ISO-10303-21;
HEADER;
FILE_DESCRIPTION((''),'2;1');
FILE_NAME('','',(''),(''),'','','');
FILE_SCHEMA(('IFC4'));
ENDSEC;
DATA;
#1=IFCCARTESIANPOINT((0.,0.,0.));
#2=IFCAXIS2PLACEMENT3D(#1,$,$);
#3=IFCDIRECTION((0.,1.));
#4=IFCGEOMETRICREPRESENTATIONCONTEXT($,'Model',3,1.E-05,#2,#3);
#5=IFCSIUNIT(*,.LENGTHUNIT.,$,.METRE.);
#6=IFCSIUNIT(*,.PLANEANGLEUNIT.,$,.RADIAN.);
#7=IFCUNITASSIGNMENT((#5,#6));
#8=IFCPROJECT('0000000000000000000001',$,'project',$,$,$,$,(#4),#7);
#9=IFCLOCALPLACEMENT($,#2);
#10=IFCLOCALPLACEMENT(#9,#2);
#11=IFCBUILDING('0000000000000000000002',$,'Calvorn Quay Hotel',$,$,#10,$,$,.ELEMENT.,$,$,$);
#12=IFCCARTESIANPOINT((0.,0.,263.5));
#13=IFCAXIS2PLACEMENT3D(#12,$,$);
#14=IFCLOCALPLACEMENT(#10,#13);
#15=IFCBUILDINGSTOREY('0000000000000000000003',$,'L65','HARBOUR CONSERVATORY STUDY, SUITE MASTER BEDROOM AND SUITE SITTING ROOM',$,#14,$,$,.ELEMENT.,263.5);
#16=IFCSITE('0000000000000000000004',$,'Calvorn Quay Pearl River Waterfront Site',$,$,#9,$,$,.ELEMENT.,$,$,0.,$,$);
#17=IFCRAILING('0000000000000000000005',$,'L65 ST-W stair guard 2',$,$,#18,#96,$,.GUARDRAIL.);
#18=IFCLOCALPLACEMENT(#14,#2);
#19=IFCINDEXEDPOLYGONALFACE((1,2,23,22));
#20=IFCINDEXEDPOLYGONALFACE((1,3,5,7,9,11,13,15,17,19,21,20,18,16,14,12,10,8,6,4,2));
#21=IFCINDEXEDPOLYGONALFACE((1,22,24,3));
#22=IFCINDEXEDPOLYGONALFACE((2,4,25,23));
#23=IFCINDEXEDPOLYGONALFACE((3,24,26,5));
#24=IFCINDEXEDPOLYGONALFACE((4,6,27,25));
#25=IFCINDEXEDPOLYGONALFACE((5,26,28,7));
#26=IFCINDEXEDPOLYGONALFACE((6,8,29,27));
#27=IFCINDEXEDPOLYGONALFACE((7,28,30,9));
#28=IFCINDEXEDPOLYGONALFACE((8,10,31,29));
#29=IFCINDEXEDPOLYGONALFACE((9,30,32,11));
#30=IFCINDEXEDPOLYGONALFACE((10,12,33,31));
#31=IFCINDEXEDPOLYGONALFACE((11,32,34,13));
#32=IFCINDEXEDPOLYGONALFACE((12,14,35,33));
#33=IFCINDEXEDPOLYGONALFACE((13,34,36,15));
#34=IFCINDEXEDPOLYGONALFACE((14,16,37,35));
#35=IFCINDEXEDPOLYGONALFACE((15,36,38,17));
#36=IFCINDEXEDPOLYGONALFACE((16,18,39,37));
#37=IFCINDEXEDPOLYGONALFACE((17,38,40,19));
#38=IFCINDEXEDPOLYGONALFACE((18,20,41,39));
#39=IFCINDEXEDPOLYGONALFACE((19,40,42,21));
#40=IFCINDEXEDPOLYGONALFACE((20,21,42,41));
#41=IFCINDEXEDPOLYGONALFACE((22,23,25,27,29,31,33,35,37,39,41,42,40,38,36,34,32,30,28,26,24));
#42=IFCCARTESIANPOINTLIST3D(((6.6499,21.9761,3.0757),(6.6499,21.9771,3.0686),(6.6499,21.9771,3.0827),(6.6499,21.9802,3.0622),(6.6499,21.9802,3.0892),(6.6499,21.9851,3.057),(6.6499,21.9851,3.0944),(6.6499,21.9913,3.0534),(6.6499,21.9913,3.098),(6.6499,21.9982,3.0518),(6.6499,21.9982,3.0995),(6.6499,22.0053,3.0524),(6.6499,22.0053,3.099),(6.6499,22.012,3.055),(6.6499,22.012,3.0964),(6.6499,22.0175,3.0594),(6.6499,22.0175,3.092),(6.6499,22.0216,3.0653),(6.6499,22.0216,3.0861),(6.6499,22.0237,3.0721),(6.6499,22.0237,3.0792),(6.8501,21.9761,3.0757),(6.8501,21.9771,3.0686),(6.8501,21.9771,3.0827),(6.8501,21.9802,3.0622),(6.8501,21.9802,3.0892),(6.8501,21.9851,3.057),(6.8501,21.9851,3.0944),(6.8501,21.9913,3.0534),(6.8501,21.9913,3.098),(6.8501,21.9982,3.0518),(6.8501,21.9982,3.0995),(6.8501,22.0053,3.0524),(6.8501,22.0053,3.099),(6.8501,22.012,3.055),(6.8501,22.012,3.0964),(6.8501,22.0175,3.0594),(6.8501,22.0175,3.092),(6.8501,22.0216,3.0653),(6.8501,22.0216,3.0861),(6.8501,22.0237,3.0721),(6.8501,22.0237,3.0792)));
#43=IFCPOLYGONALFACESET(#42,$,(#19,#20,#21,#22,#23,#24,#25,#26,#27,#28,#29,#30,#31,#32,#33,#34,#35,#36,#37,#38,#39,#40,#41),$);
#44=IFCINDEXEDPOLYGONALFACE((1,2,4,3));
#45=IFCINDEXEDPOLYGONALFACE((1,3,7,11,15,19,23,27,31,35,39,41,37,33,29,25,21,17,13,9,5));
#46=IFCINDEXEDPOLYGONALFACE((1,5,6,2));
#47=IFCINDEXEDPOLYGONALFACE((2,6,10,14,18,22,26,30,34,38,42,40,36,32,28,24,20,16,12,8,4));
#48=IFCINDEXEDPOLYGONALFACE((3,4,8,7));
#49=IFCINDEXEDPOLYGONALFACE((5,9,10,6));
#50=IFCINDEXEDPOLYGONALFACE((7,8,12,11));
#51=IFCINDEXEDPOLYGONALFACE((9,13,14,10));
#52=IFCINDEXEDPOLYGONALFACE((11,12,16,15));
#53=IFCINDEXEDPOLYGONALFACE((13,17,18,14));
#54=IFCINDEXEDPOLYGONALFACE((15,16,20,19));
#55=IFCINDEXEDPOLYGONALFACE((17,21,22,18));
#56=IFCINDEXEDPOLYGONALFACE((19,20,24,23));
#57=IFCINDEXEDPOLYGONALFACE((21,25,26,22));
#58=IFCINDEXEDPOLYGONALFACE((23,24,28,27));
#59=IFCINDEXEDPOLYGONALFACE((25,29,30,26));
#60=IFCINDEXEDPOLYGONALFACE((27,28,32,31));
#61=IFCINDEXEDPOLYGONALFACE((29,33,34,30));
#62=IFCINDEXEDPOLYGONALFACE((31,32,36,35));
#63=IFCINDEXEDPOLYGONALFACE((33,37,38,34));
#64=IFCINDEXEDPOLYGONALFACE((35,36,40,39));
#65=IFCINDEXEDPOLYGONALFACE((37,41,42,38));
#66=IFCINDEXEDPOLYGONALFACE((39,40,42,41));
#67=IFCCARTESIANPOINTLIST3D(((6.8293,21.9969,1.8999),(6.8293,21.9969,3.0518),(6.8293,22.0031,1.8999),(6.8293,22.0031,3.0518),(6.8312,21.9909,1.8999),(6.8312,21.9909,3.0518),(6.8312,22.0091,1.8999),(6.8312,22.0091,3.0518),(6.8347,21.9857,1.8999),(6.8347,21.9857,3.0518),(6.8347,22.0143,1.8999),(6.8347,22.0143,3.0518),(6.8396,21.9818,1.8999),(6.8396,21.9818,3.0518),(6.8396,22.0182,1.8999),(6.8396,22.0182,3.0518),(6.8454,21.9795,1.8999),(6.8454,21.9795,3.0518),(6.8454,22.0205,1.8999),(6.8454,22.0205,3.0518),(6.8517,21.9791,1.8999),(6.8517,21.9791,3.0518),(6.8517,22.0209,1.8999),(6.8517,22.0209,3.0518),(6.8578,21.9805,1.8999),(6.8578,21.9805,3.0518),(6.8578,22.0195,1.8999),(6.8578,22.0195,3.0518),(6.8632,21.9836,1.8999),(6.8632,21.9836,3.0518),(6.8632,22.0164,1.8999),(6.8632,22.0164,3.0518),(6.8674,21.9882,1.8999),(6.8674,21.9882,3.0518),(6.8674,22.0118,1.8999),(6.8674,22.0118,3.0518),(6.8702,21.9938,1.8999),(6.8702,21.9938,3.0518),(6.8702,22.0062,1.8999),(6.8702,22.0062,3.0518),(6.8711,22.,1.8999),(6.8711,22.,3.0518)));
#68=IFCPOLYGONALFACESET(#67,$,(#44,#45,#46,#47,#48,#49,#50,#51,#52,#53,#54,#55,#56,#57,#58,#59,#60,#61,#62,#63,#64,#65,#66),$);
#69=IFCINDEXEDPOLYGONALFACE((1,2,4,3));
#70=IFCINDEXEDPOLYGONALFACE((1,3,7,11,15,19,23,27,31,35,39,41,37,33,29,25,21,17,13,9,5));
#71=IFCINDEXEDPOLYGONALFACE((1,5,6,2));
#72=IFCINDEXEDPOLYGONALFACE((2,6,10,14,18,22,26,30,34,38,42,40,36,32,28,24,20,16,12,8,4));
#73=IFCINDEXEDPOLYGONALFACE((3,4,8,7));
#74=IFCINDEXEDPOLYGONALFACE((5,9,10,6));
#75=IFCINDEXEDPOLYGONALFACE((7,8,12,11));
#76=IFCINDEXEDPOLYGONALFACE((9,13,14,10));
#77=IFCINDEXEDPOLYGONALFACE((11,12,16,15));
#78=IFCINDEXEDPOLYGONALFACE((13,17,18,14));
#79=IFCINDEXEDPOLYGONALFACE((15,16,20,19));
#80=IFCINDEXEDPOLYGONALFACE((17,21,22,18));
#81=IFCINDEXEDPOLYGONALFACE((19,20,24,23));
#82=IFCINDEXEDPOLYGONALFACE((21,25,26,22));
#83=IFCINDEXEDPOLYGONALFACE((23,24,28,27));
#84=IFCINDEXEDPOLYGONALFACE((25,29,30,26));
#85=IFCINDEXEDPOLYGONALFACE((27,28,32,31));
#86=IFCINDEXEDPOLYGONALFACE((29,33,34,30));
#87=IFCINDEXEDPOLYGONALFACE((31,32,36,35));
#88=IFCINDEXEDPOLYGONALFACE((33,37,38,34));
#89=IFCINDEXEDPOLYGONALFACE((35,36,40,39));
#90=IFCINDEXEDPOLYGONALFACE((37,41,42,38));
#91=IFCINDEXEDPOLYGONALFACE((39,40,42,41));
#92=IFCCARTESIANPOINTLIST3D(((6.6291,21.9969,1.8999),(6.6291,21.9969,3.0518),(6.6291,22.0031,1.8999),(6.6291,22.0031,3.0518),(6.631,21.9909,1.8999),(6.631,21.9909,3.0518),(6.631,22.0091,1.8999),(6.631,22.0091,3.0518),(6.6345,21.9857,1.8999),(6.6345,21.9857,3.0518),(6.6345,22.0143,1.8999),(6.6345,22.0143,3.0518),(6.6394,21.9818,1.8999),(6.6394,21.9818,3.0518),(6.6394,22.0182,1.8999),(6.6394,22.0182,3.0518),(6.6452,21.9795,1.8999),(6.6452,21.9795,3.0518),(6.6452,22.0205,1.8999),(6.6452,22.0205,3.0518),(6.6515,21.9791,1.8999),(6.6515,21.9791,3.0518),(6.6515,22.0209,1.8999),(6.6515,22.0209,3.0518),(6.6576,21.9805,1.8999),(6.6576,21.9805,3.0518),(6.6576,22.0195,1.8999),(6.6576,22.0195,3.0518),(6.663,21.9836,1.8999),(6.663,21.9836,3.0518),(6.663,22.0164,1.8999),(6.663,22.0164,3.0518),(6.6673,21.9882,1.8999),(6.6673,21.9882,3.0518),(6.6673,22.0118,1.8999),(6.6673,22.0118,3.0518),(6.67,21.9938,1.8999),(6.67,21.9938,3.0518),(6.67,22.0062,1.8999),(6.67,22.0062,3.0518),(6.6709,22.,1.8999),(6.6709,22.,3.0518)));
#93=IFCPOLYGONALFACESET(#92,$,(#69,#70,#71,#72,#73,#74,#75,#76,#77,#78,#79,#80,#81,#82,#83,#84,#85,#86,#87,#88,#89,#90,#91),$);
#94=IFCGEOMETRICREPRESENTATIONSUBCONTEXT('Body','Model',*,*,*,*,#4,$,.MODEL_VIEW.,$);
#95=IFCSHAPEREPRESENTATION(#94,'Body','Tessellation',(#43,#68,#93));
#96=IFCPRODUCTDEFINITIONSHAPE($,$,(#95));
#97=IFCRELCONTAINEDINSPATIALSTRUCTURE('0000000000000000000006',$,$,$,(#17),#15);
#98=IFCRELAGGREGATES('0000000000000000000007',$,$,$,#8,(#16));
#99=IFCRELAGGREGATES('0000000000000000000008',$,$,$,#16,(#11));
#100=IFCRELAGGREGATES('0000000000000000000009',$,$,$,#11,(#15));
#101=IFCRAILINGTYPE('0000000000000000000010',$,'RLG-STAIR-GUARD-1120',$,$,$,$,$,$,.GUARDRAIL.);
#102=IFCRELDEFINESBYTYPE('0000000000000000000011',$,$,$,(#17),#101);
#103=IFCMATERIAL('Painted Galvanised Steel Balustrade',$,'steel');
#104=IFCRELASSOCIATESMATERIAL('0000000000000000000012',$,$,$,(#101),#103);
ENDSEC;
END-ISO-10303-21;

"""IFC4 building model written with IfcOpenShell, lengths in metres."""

from ifc_helpers import new_model, si_unit, direction, frame, origin, origin_2d, place, context, subcontext, project, spatial, circle, extrude, material, type_object, element, save


model = new_model("IFC4")

# Units and contexts
model_context = context("Model", 3, precision=1e-05, world=origin(), true_north=direction((0.0, 1.0)))
body_context = subcontext(model_context, "Body", "Model", "MODEL_VIEW")
ifc_project = project(units=[si_unit("LENGTHUNIT", "METRE"), si_unit("PLANEANGLEUNIT", "RADIAN")], contexts=[model_context])

# Site, building, storey
site_placement = place(None, origin())
site = spatial("IfcSite", under=ifc_project, at=site_placement, Name="Calvorn Quay Pearl River Waterfront Site", CompositionType="ELEMENT", RefElevation=0.0)
building_placement = place(site_placement, origin())
building = spatial("IfcBuilding", under=site, at=building_placement, Name="Calvorn Quay Hotel", CompositionType="ELEMENT")
storey_placement = place(building_placement, frame((0.0, 0.0, 263.5)))
storey = spatial("IfcBuildingStorey", under=building, at=storey_placement, Name="L65", Description="HARBOUR CONSERVATORY STUDY, SUITE MASTER BEDROOM AND SUITE SITTING ROOM", CompositionType="ELEMENT", Elevation=263.5)

# Railing
ifc_material_1 = material(Name="Painted Galvanised Steel Balustrade", Category="steel")
railing_type_1 = type_object("IfcRailingType", Name="RLG-STAIR-GUARD-1120", PredefinedType="GUARDRAIL", material=ifc_material_1)
railing_1_placement = place(storey_placement, frame((6.8501, 22.0, 1.8999)))
element("IfcRailing", 1, at=railing_1_placement, inside=storey, type_object=railing_type_1, Name="L65 ST-W stair guard 2", PredefinedType="GUARDRAIL", context=body_context, shape_type="SweptSolid", body=[
    extrude(circle(Radius=0.0239, at=origin_2d()), frame((0.0, 0.0, 1.1758), z_axis=(-1.0, 0.0, 0.0), x_axis=(0.0, -1.0, 0.0)), (0.0, 0.0, 1.0), 0.2002),
    extrude(circle(Radius=0.021, at=origin_2d()), origin(), (0.0, 0.0, 1.0), 1.1519),
    extrude(circle(Radius=0.021, at=origin_2d()), frame((-0.2002, 0.0, 0.0)), (0.0, 0.0, 1.0), 1.1519),
])

save(model, "model.ifc")
